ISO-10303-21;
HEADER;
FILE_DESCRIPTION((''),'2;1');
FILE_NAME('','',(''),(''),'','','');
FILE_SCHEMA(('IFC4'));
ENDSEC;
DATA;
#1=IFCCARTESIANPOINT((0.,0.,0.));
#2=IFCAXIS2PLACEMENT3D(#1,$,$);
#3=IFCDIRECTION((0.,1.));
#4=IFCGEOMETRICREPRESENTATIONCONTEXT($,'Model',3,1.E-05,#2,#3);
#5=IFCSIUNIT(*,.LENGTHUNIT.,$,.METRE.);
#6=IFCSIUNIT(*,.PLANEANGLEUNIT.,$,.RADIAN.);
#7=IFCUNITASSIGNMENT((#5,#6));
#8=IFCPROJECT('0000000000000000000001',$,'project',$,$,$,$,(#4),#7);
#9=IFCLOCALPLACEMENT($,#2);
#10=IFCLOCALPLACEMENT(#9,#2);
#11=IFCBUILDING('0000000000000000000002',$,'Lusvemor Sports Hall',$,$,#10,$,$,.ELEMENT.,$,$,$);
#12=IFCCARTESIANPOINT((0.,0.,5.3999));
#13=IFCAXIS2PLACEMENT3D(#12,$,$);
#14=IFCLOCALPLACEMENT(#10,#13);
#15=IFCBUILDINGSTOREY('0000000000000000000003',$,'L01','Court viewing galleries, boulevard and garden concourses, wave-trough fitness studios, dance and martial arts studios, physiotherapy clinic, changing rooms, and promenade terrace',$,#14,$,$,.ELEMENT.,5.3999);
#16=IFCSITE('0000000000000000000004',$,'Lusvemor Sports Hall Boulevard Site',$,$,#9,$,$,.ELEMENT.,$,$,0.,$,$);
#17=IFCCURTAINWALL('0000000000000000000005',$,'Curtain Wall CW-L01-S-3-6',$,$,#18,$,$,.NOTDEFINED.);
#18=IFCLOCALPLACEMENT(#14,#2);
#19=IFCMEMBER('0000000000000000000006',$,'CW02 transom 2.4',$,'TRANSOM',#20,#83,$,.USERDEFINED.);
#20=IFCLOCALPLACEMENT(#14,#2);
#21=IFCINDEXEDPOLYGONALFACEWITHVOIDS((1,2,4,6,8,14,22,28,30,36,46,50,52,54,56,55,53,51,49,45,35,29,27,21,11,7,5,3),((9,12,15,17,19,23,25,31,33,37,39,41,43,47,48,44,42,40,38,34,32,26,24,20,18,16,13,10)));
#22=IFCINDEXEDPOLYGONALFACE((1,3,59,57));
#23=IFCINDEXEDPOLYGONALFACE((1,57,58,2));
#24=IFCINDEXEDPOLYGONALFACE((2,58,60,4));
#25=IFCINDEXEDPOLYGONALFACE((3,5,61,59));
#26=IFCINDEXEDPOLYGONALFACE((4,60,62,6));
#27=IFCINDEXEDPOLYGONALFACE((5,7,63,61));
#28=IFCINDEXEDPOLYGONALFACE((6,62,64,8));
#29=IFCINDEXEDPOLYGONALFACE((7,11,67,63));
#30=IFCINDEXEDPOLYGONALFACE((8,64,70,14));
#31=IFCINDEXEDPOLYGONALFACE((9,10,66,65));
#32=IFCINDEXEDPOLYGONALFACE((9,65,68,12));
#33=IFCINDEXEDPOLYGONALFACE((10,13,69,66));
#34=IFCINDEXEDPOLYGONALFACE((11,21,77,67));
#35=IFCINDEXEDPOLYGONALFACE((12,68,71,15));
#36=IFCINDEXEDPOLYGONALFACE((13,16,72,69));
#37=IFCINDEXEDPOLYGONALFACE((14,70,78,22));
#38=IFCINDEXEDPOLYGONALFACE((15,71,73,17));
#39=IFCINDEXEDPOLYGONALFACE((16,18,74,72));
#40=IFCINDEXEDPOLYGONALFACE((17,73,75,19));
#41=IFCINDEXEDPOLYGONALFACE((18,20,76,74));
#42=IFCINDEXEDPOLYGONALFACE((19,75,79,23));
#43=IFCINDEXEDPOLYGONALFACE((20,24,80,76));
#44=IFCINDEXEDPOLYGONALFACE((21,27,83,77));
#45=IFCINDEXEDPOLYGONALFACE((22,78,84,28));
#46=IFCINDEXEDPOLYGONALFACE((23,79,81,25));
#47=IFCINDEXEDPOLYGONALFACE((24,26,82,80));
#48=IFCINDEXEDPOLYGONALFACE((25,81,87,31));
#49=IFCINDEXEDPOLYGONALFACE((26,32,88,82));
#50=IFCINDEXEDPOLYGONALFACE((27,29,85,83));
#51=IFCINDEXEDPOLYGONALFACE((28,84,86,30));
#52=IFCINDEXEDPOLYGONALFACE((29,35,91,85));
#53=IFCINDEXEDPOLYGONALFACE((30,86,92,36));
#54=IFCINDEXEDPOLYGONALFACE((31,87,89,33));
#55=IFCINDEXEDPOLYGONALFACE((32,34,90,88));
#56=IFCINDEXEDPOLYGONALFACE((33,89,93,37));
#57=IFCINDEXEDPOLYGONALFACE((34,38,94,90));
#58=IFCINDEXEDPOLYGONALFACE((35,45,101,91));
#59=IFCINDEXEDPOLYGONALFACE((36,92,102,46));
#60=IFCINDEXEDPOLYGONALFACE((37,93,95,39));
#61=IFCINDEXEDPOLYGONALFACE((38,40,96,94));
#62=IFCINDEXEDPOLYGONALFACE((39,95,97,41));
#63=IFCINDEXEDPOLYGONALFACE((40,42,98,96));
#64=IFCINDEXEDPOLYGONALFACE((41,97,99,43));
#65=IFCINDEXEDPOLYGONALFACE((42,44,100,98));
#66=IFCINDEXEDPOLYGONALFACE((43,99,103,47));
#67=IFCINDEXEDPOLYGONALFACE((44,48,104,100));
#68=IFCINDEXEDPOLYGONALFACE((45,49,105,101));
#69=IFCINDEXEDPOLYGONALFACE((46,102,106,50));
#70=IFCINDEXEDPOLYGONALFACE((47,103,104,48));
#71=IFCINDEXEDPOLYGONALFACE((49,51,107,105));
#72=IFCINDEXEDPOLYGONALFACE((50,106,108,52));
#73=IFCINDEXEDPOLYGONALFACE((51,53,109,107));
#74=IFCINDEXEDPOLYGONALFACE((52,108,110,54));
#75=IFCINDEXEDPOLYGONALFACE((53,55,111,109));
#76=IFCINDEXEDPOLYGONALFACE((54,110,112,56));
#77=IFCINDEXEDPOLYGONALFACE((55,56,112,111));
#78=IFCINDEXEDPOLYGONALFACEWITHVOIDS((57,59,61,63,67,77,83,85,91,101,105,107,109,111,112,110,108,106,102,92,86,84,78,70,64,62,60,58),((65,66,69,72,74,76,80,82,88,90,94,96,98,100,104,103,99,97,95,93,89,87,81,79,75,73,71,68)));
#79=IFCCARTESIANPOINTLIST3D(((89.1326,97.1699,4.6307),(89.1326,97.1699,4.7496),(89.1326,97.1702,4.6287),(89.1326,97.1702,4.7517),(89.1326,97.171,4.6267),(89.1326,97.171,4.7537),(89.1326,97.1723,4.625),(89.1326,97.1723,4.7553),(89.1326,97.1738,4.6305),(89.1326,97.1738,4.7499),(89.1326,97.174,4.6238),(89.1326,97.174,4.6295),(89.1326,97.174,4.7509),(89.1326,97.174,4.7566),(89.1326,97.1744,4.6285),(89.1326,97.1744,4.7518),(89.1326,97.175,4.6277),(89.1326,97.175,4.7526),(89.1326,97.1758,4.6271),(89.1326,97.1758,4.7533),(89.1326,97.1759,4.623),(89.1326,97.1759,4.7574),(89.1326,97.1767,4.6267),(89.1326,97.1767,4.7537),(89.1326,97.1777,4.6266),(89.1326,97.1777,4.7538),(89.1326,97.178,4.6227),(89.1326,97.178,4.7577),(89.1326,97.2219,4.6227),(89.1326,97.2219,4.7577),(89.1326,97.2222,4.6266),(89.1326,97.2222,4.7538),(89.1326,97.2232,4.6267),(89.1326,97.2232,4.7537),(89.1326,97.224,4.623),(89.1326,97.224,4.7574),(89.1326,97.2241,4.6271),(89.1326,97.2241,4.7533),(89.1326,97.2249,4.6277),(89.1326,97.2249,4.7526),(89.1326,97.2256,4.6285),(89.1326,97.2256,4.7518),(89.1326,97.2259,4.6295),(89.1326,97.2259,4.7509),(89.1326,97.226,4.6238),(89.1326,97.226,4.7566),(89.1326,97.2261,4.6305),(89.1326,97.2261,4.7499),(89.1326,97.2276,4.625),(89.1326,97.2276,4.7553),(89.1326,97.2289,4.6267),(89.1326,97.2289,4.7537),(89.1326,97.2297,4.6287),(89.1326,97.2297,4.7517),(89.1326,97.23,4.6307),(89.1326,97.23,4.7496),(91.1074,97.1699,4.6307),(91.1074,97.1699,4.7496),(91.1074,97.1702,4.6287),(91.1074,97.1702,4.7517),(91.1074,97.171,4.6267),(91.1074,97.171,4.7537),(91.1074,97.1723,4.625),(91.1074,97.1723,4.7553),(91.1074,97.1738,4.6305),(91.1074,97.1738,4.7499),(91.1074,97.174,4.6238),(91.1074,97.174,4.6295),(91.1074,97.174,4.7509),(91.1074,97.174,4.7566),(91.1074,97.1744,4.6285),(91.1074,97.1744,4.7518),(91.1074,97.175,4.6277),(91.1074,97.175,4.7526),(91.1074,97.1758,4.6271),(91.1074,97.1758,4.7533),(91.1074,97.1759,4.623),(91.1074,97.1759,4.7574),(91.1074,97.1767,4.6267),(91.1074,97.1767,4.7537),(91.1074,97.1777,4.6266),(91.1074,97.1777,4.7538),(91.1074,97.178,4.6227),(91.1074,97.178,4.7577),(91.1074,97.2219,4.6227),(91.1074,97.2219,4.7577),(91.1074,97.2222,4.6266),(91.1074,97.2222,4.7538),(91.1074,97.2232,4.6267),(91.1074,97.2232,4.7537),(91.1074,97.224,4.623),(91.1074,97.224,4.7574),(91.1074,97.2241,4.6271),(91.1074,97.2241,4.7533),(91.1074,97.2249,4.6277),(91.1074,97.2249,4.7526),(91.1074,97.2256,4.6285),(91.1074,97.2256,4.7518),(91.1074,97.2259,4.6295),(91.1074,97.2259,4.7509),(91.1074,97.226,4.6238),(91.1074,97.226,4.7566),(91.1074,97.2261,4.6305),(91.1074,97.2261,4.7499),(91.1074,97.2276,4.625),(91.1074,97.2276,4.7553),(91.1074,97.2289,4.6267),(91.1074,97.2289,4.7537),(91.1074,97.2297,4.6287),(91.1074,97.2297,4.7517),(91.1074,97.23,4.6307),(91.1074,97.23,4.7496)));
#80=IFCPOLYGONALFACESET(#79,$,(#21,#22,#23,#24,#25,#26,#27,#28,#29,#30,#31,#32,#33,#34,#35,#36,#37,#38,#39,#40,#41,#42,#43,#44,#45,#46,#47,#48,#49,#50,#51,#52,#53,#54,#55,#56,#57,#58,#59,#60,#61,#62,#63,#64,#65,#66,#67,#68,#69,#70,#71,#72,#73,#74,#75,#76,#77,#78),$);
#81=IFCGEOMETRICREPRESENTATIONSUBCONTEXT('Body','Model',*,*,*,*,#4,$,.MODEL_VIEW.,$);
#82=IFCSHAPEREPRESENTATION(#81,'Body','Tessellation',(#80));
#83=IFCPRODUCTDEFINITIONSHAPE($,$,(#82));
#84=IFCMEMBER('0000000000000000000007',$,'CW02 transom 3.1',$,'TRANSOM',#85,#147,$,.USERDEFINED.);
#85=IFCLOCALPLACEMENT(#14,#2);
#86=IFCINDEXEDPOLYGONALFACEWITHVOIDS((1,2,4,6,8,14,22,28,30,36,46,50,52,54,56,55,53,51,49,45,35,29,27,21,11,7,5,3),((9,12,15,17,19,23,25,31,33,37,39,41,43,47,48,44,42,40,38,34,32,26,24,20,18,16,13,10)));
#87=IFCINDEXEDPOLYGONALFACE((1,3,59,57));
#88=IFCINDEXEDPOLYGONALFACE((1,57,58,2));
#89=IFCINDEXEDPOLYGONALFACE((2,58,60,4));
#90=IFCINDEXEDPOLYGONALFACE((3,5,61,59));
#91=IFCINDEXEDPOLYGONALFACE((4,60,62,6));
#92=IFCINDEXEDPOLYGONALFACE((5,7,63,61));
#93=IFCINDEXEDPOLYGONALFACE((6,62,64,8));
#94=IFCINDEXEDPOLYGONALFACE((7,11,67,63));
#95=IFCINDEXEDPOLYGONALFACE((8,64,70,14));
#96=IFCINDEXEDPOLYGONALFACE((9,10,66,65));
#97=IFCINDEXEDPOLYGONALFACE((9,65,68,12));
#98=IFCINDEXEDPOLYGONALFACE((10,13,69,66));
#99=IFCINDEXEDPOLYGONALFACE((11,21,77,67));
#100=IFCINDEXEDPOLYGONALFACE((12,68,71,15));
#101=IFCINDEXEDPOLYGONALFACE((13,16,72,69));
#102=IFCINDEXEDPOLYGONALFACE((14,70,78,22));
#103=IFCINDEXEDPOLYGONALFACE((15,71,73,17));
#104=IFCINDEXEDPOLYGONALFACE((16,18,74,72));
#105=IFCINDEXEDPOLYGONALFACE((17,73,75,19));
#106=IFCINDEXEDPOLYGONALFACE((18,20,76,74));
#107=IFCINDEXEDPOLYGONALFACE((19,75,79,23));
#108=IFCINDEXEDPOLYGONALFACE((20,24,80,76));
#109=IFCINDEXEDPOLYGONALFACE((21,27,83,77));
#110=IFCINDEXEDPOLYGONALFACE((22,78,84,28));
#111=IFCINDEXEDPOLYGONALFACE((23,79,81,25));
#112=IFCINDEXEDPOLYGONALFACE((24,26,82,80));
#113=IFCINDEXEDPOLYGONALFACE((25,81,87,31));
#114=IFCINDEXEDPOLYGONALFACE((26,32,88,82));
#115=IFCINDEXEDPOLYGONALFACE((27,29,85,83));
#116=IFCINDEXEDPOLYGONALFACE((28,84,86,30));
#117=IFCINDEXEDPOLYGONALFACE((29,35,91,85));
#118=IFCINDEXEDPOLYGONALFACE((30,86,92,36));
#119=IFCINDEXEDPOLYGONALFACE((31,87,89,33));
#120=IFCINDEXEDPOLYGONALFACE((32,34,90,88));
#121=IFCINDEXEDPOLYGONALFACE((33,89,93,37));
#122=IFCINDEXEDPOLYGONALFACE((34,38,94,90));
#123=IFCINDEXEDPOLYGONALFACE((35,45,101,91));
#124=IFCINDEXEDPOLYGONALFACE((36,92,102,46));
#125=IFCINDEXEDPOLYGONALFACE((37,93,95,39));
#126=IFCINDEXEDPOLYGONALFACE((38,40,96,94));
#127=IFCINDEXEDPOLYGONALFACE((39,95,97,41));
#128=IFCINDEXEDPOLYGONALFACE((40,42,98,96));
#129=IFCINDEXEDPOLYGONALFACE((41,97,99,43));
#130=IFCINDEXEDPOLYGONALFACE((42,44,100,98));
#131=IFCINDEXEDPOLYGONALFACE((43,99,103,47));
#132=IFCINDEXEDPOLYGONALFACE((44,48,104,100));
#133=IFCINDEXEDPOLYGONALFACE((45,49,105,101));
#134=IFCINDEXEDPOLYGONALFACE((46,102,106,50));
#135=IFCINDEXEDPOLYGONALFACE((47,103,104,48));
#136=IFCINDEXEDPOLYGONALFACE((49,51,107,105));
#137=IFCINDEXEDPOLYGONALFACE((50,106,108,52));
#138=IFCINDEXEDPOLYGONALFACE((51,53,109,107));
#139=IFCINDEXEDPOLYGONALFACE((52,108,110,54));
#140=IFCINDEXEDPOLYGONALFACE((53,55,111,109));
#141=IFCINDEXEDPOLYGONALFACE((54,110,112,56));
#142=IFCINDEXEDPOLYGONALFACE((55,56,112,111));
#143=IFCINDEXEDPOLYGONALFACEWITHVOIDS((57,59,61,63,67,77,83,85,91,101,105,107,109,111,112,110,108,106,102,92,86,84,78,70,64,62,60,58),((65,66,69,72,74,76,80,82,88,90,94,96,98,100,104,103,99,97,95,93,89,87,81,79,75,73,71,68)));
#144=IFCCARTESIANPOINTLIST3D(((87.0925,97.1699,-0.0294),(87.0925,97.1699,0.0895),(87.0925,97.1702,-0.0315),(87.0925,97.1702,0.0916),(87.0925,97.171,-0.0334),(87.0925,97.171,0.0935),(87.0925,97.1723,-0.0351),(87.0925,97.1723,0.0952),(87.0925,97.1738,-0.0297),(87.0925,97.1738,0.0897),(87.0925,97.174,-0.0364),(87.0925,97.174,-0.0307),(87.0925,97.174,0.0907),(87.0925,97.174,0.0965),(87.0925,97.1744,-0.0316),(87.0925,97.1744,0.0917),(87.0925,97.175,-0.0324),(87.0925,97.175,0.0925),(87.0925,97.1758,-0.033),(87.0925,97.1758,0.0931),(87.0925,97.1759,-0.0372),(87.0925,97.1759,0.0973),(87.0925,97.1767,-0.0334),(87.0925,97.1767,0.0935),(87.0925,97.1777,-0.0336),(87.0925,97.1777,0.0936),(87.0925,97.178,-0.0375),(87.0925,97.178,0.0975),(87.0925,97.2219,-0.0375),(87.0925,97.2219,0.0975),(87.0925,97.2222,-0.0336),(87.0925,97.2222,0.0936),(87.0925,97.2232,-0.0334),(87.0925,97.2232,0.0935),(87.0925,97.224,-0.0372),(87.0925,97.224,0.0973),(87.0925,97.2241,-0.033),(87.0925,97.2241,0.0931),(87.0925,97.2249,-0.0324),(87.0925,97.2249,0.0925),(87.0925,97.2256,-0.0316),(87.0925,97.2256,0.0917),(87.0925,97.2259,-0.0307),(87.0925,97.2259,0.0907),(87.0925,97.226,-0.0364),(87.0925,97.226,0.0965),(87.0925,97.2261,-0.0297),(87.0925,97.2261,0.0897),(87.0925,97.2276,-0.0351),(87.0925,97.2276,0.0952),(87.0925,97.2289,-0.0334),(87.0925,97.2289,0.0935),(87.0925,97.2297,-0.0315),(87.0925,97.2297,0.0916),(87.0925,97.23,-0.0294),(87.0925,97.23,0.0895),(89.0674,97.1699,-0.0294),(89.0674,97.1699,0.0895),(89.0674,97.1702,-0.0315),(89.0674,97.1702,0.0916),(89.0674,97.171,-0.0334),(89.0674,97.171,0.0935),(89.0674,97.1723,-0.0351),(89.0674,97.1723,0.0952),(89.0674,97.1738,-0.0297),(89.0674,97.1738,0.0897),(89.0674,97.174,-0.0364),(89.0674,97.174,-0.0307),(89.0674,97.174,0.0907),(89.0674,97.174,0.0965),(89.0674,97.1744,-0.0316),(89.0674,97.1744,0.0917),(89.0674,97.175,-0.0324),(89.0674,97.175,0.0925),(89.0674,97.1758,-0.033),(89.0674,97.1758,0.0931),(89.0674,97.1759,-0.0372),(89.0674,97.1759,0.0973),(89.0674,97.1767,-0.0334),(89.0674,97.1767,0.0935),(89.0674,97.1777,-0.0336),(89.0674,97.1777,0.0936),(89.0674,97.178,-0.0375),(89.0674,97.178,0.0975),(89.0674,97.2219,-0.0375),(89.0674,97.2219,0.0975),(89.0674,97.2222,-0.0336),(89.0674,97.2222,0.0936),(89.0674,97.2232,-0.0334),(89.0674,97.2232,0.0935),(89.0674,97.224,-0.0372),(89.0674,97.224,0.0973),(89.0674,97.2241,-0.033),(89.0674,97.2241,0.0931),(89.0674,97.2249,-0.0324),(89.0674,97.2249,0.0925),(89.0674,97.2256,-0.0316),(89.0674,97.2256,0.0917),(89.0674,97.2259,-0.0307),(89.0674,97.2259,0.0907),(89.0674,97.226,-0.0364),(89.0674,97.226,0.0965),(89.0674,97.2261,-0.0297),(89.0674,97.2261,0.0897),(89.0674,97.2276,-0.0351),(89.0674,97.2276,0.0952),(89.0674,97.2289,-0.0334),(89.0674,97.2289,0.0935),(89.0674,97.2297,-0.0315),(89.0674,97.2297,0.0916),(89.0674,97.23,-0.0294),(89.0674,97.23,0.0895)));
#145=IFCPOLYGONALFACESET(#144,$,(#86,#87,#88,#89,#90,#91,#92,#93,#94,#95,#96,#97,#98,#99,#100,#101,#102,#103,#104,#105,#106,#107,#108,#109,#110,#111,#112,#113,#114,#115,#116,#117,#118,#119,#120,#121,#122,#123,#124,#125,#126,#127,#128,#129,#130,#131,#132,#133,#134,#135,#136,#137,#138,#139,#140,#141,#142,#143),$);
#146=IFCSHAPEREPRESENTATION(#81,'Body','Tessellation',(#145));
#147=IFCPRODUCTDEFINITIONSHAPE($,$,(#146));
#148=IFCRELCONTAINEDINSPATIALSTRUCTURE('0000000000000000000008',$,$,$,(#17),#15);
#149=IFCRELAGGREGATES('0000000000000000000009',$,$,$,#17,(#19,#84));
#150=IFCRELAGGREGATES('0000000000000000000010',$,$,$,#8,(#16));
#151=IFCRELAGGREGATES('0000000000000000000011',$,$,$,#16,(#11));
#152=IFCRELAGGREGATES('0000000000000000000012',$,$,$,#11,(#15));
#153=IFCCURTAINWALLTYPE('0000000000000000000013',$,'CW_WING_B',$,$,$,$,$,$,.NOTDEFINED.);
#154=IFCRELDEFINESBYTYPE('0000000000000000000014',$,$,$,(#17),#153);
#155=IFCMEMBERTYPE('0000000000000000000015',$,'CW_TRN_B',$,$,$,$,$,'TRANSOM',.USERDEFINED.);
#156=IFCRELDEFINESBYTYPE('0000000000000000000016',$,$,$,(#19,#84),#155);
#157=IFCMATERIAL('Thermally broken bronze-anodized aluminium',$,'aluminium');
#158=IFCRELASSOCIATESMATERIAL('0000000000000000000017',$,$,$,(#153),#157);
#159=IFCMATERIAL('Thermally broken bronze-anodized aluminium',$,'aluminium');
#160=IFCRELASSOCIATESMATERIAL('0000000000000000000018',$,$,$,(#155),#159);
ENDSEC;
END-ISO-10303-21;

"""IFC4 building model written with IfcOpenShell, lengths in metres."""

from ifc_helpers import new_model, si_unit, direction, frame, origin, origin_2d, place, context, subcontext, project, spatial, hollow_rectangle, extrude, material, material_profile, profile_set, type_object, element, aggregate, save


model = new_model("IFC4")

# Units and contexts
model_context = context("Model", 3, precision=1e-05, world=origin(), true_north=direction((0.0, 1.0)))
body_context = subcontext(model_context, "Body", "Model", "MODEL_VIEW")
ifc_project = project(units=[si_unit("LENGTHUNIT", "METRE"), si_unit("PLANEANGLEUNIT", "RADIAN")], contexts=[model_context])

# Site, building, storey
site_placement = place(None, origin())
site = spatial("IfcSite", under=ifc_project, at=site_placement, Name="Lusvemor Sports Hall Boulevard Site", CompositionType="ELEMENT", RefElevation=0.0)
building_placement = place(site_placement, origin())
building = spatial("IfcBuilding", under=site, at=building_placement, Name="Lusvemor Sports Hall", CompositionType="ELEMENT")
storey_placement = place(building_placement, frame((0.0, 0.0, 5.3999)))
storey = spatial("IfcBuildingStorey", under=building, at=storey_placement, Name="L01", Description="Court viewing galleries, boulevard and garden concourses, wave-trough fitness studios, dance and martial arts studios, physiotherapy clinic, changing rooms, and promenade terrace", CompositionType="ELEMENT", Elevation=5.3999)

# Curtain wall, members
ifc_material_1 = material(Name="Thermally broken bronze-anodized aluminium", Category="aluminium")
curtain_wall_type = type_object("IfcCurtainWallType", Name="CW_WING_B", PredefinedType="NOTDEFINED", material=ifc_material_1)
curtain_wall_placement = place(storey_placement, origin())
curtain_wall = element("IfcCurtainWall", 1, at=curtain_wall_placement, inside=storey, type_object=curtain_wall_type, Name="Curtain Wall CW-L01-S-3-6", PredefinedType="NOTDEFINED")
ifc_material_2 = material(Name="Thermally broken bronze-anodized aluminium", Category="aluminium")
ifc_material_profile_1 = material_profile(ifc_material_2, hollow_rectangle(XDim=0.0601, YDim=0.135, WallThickness=0.0039, InnerFilletRadius=0.0039, OuterFilletRadius=0.0081, at=origin_2d()), Name="CWTRN135x60x4")
ifc_profile_set_1 = profile_set([ifc_material_profile_1], Name="Thermally broken bronze-anodized aluminium")
member_type_1 = type_object("IfcMemberType", Name="CW_TRN_B", ElementType="TRANSOM", PredefinedType="USERDEFINED", material=ifc_profile_set_1)
member_1_placement = place(storey_placement, frame((91.1074, 97.2, 4.6902), z_axis=(-1.0, 0.0, 0.0), x_axis=(0.0, -1.0, 0.0)))
member_1 = element("IfcMember", 2, at=member_1_placement, type_object=member_type_1, Name="CW02 transom 2.4", ObjectType="TRANSOM", PredefinedType="USERDEFINED", context=body_context, shape_type="SweptSolid", body=[
    extrude(hollow_rectangle(XDim=0.0601, YDim=0.135, WallThickness=0.0039, InnerFilletRadius=0.0039, OuterFilletRadius=0.0081, at=origin_2d()), origin(), (0.0, 0.0, 1.0), 1.9749),
])
member_2_placement = place(storey_placement, frame((89.0674, 97.2, 0.03), z_axis=(-1.0, 0.0, 0.0), x_axis=(0.0, -1.0, 0.0)))
member_2 = element("IfcMember", 3, at=member_2_placement, type_object=member_type_1, Name="CW02 transom 3.1", ObjectType="TRANSOM", PredefinedType="USERDEFINED", context=body_context, shape_type="SweptSolid", body=[
    extrude(hollow_rectangle(XDim=0.0601, YDim=0.135, WallThickness=0.0039, InnerFilletRadius=0.0039, OuterFilletRadius=0.0081, at=origin_2d()), origin(), (0.0, 0.0, 1.0), 1.9749),
])

aggregate(curtain_wall, [member_1, member_2])

save(model, "model.ifc")
